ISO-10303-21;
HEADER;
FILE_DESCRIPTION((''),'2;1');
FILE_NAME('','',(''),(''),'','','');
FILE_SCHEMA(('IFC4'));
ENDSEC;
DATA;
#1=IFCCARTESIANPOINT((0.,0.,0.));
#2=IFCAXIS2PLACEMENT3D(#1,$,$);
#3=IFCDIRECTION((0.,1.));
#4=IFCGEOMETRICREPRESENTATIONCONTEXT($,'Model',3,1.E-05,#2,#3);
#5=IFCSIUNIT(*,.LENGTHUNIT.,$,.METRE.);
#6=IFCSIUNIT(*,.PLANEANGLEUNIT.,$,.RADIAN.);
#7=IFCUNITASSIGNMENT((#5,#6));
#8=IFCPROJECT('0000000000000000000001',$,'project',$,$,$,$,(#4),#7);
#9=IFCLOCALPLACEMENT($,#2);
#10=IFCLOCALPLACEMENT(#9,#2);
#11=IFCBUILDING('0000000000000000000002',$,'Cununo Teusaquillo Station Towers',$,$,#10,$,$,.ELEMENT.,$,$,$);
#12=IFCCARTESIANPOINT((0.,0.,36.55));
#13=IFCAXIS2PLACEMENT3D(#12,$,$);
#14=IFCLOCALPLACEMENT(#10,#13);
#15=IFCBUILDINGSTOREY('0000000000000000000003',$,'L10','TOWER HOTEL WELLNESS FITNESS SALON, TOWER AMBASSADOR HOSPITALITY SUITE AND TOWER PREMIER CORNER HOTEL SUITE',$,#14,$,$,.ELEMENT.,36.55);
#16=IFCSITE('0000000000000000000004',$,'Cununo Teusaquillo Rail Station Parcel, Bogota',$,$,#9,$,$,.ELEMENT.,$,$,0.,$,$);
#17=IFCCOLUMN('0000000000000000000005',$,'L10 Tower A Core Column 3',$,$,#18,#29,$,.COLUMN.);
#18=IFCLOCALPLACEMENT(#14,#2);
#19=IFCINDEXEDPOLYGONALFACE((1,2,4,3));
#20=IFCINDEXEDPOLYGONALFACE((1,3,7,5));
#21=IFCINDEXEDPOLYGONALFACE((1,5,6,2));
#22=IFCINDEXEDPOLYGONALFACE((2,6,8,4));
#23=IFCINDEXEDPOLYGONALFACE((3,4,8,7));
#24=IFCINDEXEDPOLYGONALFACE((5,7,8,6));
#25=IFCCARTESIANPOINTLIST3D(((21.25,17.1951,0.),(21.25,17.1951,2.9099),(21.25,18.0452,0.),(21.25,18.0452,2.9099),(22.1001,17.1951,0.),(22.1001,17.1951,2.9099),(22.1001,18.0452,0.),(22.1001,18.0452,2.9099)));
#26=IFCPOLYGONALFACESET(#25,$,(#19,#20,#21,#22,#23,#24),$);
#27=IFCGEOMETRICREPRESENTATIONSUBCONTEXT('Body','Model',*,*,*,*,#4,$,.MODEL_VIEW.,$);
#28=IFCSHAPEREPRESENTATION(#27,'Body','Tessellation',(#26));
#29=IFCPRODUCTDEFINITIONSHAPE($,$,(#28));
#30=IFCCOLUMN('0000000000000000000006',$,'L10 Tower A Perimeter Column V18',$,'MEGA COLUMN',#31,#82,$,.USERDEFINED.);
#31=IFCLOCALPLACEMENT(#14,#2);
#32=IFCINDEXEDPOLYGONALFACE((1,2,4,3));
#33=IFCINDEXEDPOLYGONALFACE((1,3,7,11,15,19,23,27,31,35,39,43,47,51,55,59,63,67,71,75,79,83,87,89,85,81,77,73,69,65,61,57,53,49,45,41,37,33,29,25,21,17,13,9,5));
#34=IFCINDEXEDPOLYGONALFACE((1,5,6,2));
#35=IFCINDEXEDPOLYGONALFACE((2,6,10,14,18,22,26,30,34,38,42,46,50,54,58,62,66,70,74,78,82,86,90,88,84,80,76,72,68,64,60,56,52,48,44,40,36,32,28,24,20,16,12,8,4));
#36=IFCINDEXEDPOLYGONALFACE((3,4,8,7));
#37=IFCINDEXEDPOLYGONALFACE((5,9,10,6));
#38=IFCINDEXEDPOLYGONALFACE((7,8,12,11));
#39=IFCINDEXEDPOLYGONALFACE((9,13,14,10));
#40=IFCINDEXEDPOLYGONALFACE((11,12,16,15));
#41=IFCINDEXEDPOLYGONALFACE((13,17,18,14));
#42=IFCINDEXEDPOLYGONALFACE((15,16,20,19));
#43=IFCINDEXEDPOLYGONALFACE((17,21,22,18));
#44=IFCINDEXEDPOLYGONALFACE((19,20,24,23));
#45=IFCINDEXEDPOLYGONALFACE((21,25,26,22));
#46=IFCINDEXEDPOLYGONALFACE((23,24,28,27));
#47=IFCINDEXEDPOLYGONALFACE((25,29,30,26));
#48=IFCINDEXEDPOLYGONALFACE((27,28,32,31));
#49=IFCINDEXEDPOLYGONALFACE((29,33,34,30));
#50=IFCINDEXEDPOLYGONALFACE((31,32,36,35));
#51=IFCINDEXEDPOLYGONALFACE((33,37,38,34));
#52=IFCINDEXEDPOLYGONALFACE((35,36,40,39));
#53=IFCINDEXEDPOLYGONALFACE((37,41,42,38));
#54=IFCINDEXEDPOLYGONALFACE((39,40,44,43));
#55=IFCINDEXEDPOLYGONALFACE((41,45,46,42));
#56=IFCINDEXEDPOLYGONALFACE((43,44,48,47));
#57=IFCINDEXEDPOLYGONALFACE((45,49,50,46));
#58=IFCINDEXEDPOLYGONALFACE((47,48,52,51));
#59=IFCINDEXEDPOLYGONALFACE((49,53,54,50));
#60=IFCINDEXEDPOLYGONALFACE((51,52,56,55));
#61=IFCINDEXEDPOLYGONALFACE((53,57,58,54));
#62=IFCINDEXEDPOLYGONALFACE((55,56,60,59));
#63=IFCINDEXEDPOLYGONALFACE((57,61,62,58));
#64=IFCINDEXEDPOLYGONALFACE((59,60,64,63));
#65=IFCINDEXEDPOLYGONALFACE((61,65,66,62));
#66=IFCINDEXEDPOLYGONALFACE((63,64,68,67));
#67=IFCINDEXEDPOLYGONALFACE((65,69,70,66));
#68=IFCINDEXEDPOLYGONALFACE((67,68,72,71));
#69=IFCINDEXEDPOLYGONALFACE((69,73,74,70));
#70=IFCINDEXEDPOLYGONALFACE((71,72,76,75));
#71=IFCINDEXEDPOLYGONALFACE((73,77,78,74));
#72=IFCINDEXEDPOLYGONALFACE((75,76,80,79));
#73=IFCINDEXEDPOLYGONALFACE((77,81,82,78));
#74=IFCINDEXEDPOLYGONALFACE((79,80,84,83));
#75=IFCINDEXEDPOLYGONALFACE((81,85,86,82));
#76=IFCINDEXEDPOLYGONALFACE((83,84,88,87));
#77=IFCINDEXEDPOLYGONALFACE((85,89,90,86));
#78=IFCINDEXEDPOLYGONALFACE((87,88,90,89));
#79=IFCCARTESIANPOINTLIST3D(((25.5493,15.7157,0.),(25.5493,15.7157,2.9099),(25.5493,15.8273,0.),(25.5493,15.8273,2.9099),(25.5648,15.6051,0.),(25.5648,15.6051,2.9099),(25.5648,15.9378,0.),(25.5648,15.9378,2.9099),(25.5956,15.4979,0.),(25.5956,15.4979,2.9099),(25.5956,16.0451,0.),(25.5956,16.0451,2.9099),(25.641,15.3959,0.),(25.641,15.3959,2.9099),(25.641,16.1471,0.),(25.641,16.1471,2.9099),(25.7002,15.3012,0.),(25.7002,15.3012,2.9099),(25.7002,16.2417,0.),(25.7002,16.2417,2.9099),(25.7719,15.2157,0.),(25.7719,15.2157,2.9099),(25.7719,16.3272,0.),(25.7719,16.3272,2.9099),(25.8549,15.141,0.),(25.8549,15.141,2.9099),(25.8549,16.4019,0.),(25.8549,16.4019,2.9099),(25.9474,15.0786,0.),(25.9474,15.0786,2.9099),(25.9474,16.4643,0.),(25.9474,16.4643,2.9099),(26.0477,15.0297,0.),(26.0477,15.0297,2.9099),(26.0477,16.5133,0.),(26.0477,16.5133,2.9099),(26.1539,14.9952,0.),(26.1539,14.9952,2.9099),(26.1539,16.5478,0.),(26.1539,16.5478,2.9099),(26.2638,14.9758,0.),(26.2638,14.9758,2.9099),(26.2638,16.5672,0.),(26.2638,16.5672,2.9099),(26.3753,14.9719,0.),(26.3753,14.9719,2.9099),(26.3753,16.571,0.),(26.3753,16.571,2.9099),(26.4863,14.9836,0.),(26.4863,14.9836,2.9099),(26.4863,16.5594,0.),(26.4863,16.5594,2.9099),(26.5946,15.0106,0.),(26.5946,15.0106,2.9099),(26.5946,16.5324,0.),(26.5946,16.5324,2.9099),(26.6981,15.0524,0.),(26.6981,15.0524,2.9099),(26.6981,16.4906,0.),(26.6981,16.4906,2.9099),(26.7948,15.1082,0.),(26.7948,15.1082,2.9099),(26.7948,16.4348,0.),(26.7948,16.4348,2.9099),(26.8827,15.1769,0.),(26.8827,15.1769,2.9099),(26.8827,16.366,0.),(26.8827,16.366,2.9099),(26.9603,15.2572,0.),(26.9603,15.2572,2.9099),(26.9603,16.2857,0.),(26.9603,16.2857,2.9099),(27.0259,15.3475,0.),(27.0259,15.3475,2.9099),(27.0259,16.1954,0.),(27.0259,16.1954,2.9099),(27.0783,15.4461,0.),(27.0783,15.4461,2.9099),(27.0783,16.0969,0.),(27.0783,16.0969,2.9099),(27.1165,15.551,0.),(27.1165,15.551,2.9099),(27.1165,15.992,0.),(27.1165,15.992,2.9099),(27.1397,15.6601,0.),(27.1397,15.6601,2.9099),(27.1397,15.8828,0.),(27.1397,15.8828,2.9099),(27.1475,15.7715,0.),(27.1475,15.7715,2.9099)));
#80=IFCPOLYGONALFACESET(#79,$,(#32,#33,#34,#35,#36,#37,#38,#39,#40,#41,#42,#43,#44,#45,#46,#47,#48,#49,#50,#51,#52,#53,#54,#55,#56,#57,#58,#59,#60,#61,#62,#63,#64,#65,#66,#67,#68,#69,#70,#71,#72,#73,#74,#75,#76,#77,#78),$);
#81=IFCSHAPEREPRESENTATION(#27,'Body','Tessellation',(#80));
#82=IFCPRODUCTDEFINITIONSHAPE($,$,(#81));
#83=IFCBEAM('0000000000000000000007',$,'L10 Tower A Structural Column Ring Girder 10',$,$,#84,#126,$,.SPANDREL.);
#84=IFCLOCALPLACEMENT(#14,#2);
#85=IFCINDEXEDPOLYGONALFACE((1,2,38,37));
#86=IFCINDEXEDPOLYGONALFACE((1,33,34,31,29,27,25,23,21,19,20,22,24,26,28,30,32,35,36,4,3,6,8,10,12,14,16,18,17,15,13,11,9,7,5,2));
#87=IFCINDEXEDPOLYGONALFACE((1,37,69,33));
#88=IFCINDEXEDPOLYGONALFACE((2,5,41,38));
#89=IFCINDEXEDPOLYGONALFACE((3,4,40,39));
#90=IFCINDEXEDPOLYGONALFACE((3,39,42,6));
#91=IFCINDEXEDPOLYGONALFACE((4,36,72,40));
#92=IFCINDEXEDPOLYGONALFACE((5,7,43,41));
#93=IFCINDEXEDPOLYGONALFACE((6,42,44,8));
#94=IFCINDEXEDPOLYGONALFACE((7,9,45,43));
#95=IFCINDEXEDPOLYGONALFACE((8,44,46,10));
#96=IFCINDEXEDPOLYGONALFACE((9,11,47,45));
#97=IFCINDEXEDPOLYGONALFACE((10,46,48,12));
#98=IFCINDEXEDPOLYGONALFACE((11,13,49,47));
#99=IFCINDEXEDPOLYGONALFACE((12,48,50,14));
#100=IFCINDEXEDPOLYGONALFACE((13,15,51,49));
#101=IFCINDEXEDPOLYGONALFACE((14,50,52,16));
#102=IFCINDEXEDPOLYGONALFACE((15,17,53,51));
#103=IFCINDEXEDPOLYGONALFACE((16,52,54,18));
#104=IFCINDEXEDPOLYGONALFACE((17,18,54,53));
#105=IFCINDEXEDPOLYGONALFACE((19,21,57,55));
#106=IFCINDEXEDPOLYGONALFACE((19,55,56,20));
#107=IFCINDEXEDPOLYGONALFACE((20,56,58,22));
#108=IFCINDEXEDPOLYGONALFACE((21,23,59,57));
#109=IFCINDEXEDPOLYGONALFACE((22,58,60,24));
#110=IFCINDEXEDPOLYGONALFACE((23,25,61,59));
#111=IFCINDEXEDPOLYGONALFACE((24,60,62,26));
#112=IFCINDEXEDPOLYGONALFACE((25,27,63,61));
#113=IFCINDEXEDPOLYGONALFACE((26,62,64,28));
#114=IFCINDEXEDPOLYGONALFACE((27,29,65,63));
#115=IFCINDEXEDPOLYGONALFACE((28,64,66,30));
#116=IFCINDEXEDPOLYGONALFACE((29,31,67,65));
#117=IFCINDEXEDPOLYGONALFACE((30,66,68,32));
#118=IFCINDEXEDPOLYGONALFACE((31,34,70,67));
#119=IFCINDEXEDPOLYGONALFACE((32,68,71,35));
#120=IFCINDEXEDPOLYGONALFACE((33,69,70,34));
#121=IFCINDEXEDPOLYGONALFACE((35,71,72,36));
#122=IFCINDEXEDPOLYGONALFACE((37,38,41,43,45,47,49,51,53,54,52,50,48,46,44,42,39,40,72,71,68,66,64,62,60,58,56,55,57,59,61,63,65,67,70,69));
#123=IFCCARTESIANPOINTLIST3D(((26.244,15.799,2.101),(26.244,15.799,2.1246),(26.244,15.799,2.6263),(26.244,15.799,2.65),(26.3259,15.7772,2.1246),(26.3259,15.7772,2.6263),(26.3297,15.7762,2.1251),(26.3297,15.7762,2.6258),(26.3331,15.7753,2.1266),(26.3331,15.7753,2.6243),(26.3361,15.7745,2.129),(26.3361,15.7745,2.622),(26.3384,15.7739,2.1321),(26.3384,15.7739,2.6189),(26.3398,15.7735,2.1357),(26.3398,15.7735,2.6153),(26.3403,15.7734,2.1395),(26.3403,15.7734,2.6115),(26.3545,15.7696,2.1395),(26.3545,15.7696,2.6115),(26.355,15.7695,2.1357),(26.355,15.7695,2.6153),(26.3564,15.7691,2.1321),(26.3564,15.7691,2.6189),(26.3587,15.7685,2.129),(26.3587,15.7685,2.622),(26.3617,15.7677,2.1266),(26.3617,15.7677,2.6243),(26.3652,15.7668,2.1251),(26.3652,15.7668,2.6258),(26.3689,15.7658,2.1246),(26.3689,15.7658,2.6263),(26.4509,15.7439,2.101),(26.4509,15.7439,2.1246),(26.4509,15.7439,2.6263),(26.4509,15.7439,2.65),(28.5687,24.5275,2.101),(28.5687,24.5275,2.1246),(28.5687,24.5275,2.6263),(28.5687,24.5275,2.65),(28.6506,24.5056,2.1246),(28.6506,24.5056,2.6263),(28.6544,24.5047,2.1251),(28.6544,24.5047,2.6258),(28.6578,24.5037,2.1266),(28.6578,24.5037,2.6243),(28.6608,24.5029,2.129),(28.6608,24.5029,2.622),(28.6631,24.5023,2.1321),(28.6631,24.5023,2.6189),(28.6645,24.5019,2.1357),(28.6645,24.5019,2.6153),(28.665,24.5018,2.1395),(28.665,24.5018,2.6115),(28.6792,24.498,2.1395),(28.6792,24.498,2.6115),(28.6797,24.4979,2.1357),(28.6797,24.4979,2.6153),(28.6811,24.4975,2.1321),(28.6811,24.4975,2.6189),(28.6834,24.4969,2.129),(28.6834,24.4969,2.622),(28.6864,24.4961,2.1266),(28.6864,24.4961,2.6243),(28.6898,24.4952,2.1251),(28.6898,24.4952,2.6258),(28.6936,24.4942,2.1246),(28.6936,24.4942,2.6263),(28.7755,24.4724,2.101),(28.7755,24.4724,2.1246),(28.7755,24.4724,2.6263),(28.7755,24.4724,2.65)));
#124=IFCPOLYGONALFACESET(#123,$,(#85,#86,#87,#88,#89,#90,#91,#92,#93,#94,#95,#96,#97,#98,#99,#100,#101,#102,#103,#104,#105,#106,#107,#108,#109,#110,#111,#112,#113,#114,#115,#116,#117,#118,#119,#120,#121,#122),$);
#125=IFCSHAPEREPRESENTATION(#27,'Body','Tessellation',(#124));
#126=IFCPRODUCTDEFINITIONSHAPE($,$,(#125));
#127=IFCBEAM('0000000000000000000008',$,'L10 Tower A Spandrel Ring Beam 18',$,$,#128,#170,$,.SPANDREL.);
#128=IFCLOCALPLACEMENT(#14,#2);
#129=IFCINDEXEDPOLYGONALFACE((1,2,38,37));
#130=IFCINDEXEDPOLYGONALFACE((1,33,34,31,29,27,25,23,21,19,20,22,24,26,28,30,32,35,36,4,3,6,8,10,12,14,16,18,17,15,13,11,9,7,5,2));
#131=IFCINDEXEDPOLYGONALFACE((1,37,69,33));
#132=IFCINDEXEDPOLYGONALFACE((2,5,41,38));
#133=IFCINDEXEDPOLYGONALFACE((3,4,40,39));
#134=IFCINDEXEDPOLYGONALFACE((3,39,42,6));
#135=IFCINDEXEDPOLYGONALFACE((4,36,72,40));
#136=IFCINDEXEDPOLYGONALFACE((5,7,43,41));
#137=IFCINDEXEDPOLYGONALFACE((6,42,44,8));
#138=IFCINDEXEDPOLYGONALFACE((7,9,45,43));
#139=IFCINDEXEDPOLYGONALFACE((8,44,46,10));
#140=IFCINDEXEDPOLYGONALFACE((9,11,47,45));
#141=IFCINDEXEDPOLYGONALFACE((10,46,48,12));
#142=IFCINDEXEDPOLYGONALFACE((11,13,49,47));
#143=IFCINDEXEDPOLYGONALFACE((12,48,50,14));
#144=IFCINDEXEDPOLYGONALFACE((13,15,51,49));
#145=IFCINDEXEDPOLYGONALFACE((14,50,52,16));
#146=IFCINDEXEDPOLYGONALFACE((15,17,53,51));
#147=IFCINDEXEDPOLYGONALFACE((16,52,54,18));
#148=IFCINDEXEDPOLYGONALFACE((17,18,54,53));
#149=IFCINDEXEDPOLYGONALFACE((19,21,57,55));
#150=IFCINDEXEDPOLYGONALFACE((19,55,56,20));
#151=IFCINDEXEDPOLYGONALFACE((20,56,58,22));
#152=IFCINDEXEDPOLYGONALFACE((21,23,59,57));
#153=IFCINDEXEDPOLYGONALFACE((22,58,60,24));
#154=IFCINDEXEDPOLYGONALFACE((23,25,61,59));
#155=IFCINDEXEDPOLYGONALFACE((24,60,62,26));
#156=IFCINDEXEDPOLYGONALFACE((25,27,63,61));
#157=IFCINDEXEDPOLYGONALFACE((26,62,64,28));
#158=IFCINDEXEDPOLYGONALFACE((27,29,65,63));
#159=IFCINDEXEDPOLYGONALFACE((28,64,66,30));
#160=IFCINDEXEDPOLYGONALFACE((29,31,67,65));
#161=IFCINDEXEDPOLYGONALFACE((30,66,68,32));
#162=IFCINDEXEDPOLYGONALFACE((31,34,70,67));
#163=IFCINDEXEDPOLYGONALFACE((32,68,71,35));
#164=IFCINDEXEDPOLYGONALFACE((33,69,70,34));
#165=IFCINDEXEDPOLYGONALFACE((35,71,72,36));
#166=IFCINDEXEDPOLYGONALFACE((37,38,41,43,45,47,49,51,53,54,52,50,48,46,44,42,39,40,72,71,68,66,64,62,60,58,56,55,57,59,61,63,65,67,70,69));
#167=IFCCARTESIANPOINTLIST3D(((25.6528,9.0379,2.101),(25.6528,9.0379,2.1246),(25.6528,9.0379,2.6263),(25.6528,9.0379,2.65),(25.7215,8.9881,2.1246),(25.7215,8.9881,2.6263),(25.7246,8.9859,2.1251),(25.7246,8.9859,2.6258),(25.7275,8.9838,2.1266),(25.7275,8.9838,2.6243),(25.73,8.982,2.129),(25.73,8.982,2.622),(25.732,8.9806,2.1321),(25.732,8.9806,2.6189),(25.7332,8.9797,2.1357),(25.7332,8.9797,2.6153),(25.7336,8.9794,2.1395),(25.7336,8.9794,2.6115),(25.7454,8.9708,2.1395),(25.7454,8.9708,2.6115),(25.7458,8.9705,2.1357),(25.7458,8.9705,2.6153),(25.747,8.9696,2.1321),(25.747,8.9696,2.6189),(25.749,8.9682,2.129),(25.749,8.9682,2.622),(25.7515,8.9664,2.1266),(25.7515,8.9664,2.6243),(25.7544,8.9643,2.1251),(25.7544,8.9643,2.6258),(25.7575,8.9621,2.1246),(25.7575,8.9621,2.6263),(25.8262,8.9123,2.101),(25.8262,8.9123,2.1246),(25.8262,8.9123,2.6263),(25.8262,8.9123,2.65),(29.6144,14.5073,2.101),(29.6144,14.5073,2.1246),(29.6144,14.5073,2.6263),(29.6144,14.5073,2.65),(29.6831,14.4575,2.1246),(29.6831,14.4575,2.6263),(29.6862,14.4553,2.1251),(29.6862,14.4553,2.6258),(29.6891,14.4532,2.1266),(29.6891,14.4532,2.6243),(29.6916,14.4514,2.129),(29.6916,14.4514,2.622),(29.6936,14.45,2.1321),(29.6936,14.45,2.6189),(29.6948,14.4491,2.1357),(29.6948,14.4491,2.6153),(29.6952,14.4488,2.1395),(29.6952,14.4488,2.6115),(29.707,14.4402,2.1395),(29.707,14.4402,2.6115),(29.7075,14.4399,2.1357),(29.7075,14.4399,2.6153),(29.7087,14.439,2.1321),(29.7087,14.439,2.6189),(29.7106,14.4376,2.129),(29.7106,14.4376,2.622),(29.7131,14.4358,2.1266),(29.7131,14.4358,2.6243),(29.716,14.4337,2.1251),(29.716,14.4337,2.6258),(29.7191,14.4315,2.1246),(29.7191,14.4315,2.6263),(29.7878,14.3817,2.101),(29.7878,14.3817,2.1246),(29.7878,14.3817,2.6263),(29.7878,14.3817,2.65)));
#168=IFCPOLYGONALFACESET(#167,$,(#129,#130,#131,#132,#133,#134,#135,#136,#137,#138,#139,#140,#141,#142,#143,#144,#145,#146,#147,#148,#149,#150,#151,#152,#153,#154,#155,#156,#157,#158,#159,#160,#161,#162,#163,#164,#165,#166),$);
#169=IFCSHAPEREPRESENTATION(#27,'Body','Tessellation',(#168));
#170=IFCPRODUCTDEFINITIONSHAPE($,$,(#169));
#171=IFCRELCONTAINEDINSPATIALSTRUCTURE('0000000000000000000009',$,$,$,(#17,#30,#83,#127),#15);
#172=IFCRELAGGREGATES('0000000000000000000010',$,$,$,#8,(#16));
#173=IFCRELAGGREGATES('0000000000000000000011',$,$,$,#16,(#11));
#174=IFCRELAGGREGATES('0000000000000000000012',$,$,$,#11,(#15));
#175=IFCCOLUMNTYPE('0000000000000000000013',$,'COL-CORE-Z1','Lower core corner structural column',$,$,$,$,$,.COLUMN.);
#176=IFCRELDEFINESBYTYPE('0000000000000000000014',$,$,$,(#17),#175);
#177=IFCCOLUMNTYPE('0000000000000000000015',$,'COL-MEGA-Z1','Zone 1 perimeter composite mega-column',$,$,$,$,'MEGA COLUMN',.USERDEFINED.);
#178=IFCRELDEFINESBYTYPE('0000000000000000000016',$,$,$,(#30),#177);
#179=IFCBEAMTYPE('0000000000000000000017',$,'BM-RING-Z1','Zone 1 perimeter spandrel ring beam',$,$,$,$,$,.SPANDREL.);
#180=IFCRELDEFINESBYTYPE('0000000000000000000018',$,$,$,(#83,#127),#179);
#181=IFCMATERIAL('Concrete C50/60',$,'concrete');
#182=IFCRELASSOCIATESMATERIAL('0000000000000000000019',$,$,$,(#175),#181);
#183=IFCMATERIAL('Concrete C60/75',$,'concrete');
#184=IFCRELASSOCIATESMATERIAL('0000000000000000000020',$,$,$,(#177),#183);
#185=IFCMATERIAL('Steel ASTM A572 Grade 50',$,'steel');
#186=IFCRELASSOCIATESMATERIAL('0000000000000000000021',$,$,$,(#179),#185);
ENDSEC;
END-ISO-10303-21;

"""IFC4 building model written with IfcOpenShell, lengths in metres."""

from ifc_helpers import new_model, si_unit, direction, frame, origin, origin_2d, place, context, subcontext, project, spatial, rectangle, circle, i_section, extrude, material, material_profile, profile_set, type_object, element, save


model = new_model("IFC4")

# Units and contexts
model_context = context("Model", 3, precision=1e-05, world=origin(), true_north=direction((0.0, 1.0)))
body_context = subcontext(model_context, "Body", "Model", "MODEL_VIEW")
ifc_project = project(units=[si_unit("LENGTHUNIT", "METRE"), si_unit("PLANEANGLEUNIT", "RADIAN")], contexts=[model_context])

# Site, building, storey
site_placement = place(None, origin())
site = spatial("IfcSite", under=ifc_project, at=site_placement, Name="Cununo Teusaquillo Rail Station Parcel, Bogota", CompositionType="ELEMENT", RefElevation=0.0)
building_placement = place(site_placement, origin())
building = spatial("IfcBuilding", under=site, at=building_placement, Name="Cununo Teusaquillo Station Towers", CompositionType="ELEMENT")
storey_placement = place(building_placement, frame((0.0, 0.0, 36.55)))
storey = spatial("IfcBuildingStorey", under=building, at=storey_placement, Name="L10", Description="TOWER HOTEL WELLNESS FITNESS SALON, TOWER AMBASSADOR HOSPITALITY SUITE AND TOWER PREMIER CORNER HOTEL SUITE", CompositionType="ELEMENT", Elevation=36.55)

# Columns
ifc_material_1 = material(Name="Concrete C50/60", Category="concrete")
ifc_material_profile_1 = material_profile(ifc_material_1, rectangle(XDim=0.8501, YDim=0.8501, at=origin_2d()), Name="RC-RECT-850x850")
ifc_profile_set_1 = profile_set([ifc_material_profile_1], Name="Concrete C50/60")
column_type_1 = type_object("IfcColumnType", Name="COL-CORE-Z1", Description="Lower core corner structural column", PredefinedType="COLUMN", material=ifc_profile_set_1)
column_1_placement = place(storey_placement, frame((21.675, 17.6201, 0.0), z_axis=(0.0, 0.0, 1.0), x_axis=(1.0, 0.0, 0.0)))
element("IfcColumn", 1, at=column_1_placement, inside=storey, type_object=column_type_1, Name="L10 Tower A Core Column 3", PredefinedType="COLUMN", context=body_context, shape_type="SweptSolid", body=[
    extrude(rectangle(XDim=0.8501, YDim=0.8501, at=origin_2d()), origin(), (0.0, 0.0, 1.0), 2.9099),
])
ifc_material_2 = material(Name="Concrete C60/75", Category="concrete")
ifc_material_profile_2 = material_profile(ifc_material_2, circle(Radius=0.8, at=origin_2d()), Name="RC-CIRC-1600")
ifc_profile_set_2 = profile_set([ifc_material_profile_2], Name="Concrete C60/75")
column_type_2 = type_object("IfcColumnType", Name="COL-MEGA-Z1", Description="Zone 1 perimeter composite mega-column", ElementType="MEGA COLUMN", PredefinedType="USERDEFINED", material=ifc_profile_set_2)
column_2_placement = place(storey_placement, frame((26.3474, 15.7715, 0.0), z_axis=(0.0, 0.0, 1.0), x_axis=(1.0, 0.0, 0.0)))
element("IfcColumn", 2, at=column_2_placement, inside=storey, type_object=column_type_2, Name="L10 Tower A Perimeter Column V18", ObjectType="MEGA COLUMN", PredefinedType="USERDEFINED", context=body_context, shape_type="SweptSolid", body=[
    extrude(circle(Radius=0.8, at=origin_2d()), origin(), (0.0, 0.0, 1.0), 2.9099),
])

# Beams
ifc_material_3 = material(Name="Steel ASTM A572 Grade 50", Category="steel")
ifc_material_profile_3 = material_profile(ifc_material_3, i_section(OverallWidth=0.2141, OverallDepth=0.5491, WebThickness=0.0146, FlangeThickness=0.0237, FilletRadius=0.0149, at=origin_2d()), Name="W21X93")
ifc_profile_set_3 = profile_set([ifc_material_profile_3], Name="Steel ASTM A572 Grade 50")
beam_type = type_object("IfcBeamType", Name="BM-RING-Z1", Description="Zone 1 perimeter spandrel ring beam", PredefinedType="SPANDREL", material=ifc_profile_set_3)
beam_1_placement = place(storey_placement, frame((26.3474, 15.7715, 2.3755), z_axis=(0.257363, 0.966315, 0.0), x_axis=(-0.966315, 0.257363, 0.0)))
element("IfcBeam", 3, at=beam_1_placement, inside=storey, type_object=beam_type, Name="L10 Tower A Structural Column Ring Girder 10", PredefinedType="SPANDREL", context=body_context, shape_type="SweptSolid", body=[
    extrude(i_section(OverallWidth=0.2141, OverallDepth=0.5491, WebThickness=0.0146, FlangeThickness=0.0237, FilletRadius=0.0149, at=origin_2d()), origin(), (0.0, 0.0, 1.0), 9.0327),
])
beam_2_placement = place(storey_placement, frame((25.7395, 8.9751, 2.3755), z_axis=(0.586608, 0.809871, 0.0), x_axis=(-0.809871, 0.586608, 0.0)))
element("IfcBeam", 4, at=beam_2_placement, inside=storey, type_object=beam_type, Name="L10 Tower A Spandrel Ring Beam 18", PredefinedType="SPANDREL", context=body_context, shape_type="SweptSolid", body=[
    extrude(i_section(OverallWidth=0.2141, OverallDepth=0.5491, WebThickness=0.0146, FlangeThickness=0.0237, FilletRadius=0.0149, at=origin_2d()), origin(), (0.0, 0.0, 1.0), 6.7534),
])

save(model, "model.ifc")
